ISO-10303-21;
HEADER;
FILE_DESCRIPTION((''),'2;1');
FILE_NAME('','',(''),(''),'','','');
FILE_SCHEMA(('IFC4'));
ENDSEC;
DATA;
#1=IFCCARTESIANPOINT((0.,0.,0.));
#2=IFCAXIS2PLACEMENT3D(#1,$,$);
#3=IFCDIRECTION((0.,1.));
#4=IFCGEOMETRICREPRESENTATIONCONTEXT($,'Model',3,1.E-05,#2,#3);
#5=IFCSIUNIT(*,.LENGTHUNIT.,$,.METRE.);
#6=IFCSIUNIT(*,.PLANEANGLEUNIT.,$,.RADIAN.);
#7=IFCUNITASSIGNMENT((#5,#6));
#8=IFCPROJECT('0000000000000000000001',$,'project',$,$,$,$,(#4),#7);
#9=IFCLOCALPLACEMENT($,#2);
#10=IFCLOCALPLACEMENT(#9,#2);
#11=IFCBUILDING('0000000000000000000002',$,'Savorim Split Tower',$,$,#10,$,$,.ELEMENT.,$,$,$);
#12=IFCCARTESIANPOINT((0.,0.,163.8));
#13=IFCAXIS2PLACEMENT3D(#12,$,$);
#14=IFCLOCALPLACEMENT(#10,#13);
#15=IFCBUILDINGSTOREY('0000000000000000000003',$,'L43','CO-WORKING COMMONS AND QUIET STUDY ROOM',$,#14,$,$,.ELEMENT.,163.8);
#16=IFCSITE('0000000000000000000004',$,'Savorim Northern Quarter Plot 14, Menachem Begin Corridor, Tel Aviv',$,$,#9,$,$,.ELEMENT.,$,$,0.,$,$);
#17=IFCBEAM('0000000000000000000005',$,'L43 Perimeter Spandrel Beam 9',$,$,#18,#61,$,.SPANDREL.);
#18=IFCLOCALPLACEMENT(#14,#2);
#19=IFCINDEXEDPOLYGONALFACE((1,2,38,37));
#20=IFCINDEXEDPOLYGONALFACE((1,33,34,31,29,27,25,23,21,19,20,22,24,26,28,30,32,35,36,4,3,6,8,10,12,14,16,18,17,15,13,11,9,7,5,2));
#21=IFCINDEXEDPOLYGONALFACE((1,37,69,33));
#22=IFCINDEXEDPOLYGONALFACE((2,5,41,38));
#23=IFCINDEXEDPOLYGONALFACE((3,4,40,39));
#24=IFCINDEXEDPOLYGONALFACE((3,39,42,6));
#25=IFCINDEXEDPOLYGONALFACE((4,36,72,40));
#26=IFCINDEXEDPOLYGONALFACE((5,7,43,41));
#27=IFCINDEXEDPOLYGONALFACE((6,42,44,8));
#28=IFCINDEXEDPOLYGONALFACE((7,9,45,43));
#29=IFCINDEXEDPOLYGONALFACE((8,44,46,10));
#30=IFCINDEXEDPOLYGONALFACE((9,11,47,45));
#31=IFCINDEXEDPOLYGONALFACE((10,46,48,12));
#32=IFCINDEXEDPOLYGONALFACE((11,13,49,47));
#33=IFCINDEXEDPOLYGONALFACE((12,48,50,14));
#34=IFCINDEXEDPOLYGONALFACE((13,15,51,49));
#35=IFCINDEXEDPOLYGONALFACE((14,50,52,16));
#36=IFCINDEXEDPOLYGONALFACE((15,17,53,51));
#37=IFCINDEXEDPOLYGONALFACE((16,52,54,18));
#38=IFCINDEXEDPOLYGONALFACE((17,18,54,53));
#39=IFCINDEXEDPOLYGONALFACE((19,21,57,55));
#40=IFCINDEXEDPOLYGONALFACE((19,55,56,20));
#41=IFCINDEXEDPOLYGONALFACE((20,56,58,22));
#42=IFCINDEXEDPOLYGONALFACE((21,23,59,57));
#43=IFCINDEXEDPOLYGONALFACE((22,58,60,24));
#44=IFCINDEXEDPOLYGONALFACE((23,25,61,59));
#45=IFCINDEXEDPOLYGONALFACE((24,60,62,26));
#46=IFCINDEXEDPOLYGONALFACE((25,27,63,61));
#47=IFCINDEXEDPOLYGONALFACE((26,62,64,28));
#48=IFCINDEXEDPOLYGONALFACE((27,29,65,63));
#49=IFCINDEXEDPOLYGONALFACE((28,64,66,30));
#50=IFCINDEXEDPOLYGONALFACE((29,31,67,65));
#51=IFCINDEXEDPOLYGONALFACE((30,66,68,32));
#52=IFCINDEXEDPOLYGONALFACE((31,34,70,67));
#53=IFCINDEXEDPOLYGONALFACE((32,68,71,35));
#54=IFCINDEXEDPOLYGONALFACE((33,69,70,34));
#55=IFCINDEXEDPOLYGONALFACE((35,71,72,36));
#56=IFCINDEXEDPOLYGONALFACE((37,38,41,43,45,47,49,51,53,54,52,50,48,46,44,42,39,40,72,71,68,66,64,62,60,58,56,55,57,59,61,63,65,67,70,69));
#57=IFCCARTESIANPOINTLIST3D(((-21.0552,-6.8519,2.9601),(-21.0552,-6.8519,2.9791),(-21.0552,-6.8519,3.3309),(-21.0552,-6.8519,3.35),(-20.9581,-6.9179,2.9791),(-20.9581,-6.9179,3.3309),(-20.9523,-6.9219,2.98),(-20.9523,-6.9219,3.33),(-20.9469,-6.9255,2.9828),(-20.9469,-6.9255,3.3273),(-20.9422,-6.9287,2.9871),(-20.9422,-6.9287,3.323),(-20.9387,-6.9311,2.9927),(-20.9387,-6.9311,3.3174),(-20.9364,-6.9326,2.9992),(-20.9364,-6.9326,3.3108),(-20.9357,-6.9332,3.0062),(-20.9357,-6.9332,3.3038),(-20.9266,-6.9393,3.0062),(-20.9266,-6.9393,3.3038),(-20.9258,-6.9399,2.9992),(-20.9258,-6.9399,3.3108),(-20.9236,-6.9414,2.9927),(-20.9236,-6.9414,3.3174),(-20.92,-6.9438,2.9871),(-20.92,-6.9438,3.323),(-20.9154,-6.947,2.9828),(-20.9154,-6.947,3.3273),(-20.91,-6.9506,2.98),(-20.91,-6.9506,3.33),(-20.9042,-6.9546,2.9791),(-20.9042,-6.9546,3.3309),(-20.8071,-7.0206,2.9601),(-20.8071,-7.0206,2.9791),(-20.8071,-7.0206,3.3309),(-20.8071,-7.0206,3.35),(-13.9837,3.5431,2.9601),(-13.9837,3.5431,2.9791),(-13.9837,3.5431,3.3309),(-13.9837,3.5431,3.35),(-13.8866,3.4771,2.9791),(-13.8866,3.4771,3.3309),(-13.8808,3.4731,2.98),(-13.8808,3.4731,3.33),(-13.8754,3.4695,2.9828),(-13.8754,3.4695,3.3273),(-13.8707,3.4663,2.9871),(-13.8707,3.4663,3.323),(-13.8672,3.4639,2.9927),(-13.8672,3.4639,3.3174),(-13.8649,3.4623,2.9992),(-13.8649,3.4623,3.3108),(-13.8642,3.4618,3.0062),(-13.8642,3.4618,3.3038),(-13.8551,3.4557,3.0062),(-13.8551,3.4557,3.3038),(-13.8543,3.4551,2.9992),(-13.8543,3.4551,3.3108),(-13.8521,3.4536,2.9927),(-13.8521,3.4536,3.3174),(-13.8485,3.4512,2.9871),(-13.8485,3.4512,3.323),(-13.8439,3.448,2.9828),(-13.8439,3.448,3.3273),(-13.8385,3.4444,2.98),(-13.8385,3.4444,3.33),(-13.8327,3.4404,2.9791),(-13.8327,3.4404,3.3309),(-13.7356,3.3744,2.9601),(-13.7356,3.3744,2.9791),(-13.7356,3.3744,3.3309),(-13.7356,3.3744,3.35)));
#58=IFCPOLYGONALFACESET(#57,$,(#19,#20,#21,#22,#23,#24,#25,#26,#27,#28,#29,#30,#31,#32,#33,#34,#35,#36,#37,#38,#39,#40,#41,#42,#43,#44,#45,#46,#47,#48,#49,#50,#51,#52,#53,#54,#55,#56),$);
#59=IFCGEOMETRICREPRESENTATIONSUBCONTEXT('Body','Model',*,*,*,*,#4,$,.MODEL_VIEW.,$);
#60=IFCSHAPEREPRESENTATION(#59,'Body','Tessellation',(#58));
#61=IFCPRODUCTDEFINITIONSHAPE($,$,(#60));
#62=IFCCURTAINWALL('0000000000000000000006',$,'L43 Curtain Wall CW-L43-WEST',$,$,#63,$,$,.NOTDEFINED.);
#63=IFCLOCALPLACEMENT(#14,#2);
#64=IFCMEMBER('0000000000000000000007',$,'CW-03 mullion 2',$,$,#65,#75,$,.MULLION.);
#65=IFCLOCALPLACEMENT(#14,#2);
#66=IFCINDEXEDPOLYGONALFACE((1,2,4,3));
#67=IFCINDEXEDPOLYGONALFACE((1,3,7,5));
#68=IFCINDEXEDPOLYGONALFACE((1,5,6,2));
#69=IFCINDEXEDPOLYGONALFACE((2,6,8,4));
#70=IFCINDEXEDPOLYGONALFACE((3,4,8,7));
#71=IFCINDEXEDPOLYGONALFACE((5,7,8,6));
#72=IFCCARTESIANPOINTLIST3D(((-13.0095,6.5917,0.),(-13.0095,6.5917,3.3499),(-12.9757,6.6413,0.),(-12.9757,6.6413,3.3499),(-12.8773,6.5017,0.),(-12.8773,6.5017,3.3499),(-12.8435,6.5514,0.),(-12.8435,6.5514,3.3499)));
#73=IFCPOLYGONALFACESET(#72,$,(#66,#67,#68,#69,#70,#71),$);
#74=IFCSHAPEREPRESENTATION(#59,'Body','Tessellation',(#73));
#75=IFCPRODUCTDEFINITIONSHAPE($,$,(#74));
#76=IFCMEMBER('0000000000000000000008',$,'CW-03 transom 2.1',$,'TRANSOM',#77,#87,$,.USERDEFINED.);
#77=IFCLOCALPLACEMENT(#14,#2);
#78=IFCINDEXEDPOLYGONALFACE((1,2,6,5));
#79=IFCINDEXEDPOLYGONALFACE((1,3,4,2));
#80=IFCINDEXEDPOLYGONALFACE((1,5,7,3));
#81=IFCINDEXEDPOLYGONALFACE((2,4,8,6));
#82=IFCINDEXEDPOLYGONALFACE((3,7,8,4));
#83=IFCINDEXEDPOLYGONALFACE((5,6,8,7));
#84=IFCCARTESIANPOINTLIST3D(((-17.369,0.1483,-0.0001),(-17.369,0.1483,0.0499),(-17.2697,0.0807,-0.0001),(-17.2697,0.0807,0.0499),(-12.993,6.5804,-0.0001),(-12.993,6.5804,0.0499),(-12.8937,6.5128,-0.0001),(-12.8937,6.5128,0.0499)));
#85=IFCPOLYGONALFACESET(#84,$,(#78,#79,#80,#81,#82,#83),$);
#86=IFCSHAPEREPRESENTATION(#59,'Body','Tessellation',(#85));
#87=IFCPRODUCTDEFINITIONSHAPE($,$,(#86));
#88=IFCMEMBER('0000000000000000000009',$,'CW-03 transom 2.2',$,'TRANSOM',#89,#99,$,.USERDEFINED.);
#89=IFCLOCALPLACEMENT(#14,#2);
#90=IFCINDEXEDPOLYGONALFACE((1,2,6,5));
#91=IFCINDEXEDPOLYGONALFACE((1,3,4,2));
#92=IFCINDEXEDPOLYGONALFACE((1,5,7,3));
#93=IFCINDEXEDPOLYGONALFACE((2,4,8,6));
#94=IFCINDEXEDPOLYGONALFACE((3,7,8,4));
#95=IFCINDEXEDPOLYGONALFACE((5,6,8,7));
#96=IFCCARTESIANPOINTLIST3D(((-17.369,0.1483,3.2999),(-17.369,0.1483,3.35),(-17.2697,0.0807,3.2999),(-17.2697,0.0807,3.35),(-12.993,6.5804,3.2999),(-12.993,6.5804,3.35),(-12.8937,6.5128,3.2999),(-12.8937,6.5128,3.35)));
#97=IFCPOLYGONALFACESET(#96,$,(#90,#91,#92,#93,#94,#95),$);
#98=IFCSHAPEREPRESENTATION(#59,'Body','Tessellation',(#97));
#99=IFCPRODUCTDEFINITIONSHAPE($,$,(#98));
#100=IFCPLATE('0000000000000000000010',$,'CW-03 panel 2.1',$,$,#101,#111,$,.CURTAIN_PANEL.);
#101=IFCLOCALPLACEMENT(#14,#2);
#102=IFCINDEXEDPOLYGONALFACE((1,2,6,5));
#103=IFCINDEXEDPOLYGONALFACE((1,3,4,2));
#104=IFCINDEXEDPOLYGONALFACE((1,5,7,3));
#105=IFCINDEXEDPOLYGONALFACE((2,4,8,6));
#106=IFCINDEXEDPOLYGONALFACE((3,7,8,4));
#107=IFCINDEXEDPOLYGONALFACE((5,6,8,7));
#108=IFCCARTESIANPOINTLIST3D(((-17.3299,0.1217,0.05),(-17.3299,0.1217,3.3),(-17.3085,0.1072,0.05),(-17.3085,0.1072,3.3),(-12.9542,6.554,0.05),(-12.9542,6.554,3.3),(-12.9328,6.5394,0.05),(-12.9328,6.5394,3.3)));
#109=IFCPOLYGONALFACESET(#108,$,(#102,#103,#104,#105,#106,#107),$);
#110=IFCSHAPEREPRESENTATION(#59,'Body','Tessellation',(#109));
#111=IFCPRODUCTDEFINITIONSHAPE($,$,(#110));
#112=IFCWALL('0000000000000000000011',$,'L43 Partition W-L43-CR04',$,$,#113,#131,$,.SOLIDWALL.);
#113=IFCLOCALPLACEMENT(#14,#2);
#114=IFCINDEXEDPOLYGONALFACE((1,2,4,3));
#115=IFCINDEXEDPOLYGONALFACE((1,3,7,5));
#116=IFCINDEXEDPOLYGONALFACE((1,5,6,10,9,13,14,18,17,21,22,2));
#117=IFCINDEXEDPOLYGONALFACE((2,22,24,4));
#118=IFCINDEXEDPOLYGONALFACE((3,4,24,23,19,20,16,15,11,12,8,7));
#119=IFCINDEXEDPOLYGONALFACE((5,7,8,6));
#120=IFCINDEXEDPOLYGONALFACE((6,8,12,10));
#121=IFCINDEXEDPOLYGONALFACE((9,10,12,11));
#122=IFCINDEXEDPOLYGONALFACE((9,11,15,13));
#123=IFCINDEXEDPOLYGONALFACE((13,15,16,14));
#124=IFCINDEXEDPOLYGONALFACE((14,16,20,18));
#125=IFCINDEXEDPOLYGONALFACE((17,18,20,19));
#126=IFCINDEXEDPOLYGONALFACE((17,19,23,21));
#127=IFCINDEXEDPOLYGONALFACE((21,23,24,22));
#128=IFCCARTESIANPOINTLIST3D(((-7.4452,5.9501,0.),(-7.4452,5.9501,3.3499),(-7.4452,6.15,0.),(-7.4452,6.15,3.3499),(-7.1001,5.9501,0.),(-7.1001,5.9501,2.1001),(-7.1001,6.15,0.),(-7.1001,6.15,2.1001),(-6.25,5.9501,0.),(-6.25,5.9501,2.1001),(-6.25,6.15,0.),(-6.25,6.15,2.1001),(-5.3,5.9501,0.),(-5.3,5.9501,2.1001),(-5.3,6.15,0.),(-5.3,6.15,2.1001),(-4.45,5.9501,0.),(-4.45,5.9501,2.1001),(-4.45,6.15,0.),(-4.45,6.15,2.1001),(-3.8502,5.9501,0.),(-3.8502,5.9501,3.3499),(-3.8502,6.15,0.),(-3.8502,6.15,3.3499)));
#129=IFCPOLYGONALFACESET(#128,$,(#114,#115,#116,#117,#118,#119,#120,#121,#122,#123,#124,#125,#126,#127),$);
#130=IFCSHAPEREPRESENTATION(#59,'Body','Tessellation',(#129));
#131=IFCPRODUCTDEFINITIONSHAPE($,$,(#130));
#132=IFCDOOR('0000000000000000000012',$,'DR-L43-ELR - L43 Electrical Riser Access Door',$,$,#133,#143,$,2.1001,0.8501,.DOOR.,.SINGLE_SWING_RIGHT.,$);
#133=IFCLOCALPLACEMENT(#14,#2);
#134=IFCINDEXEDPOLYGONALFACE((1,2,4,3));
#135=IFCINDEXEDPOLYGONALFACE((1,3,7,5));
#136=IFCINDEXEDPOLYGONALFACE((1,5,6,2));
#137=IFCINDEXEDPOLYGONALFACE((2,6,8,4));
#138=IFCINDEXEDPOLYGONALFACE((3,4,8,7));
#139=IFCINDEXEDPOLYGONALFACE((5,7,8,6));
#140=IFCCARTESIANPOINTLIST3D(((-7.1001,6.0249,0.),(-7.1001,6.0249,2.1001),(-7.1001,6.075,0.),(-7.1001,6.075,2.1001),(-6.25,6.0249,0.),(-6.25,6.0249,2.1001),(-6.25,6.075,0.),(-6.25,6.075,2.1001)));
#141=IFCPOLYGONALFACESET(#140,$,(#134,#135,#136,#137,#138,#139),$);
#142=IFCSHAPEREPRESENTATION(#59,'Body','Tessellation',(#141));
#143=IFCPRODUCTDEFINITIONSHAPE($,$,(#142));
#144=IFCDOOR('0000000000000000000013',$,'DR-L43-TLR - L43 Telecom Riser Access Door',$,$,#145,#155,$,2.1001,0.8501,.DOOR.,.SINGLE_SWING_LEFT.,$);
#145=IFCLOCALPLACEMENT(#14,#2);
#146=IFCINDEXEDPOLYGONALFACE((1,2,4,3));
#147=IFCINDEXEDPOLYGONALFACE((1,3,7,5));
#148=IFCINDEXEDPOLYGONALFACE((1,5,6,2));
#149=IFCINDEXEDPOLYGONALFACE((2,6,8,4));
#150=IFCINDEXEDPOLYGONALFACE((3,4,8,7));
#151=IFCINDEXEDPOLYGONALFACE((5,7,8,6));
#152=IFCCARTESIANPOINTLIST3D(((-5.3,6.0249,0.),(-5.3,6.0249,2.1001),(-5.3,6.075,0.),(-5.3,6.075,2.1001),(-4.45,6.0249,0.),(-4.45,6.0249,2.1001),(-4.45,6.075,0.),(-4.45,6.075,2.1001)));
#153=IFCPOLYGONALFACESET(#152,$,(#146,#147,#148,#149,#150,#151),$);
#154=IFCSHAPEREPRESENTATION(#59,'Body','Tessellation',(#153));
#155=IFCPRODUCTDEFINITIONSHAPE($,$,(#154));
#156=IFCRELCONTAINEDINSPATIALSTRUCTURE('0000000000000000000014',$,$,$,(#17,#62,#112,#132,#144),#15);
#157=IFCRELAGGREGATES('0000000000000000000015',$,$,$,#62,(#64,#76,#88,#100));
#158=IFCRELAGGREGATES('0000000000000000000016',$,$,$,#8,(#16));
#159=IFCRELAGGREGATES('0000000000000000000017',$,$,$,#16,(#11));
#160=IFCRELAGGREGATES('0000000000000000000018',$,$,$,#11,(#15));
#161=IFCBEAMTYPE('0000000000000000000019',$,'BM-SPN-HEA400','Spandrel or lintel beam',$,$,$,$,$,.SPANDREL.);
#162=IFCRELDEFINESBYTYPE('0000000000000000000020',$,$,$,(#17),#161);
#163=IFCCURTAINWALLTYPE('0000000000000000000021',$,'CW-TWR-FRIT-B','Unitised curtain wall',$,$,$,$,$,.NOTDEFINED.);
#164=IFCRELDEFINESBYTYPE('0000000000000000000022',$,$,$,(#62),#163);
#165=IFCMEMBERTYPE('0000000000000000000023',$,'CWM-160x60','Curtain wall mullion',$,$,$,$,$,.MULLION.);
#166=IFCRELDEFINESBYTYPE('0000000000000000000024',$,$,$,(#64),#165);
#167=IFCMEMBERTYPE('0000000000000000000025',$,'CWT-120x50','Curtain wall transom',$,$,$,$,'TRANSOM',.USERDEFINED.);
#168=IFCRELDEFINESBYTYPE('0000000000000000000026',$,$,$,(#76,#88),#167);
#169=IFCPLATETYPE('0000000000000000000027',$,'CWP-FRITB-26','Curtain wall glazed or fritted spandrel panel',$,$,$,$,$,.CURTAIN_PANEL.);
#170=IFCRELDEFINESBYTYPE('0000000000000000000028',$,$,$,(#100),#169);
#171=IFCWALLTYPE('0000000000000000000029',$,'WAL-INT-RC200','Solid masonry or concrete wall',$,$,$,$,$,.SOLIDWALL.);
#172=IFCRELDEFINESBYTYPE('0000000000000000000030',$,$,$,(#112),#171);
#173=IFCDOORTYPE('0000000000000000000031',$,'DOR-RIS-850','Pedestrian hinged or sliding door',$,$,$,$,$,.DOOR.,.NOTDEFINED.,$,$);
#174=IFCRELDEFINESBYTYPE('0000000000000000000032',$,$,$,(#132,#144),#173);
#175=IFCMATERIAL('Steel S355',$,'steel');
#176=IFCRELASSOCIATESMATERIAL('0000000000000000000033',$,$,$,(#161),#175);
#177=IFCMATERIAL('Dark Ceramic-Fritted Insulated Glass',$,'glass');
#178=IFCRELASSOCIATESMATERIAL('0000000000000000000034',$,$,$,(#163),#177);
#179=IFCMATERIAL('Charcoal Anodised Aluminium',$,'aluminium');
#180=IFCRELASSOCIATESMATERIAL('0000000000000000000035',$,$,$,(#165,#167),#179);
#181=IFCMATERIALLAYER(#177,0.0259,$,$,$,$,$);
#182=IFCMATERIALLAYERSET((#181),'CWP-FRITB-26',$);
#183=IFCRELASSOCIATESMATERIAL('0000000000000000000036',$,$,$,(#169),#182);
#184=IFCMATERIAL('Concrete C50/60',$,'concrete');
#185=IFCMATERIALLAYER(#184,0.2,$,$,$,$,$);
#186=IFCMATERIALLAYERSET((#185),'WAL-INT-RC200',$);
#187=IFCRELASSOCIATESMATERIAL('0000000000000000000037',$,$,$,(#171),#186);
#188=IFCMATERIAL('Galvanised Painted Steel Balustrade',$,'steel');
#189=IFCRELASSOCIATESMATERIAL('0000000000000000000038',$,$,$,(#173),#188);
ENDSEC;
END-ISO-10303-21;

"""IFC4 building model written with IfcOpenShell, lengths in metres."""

from ifc_helpers import new_model, si_unit, direction, frame, frame_2d, origin, origin_2d, place, context, subcontext, project, spatial, rectangle, i_section, extrude, material, layer, layer_set, material_profile, profile_set, type_object, element, fill, aggregate, save


model = new_model("IFC4")

# Units and contexts
model_context = context("Model", 3, precision=1e-05, world=origin(), true_north=direction((0.0, 1.0)))
body_context = subcontext(model_context, "Body", "Model", "MODEL_VIEW")
ifc_project = project(units=[si_unit("LENGTHUNIT", "METRE"), si_unit("PLANEANGLEUNIT", "RADIAN")], contexts=[model_context])

# Site, building, storey
site_placement = place(None, origin())
site = spatial("IfcSite", under=ifc_project, at=site_placement, Name="Savorim Northern Quarter Plot 14, Menachem Begin Corridor, Tel Aviv", CompositionType="ELEMENT", RefElevation=0.0)
building_placement = place(site_placement, origin())
building = spatial("IfcBuilding", under=site, at=building_placement, Name="Savorim Split Tower", CompositionType="ELEMENT")
storey_placement = place(building_placement, frame((0.0, 0.0, 163.8)))
storey = spatial("IfcBuildingStorey", under=building, at=storey_placement, Name="L43", Description="CO-WORKING COMMONS AND QUIET STUDY ROOM", CompositionType="ELEMENT", Elevation=163.8)

# Beam
ifc_material_1 = material(Name="Steel S355", Category="steel")
ifc_material_profile_1 = material_profile(ifc_material_1, i_section(OverallWidth=0.3, OverallDepth=0.3899, WebThickness=0.011, FlangeThickness=0.019, FilletRadius=0.0271, at=origin_2d()), Name="HEA 400")
ifc_profile_set_1 = profile_set([ifc_material_profile_1], Name="Steel S355")
beam_type_1 = type_object("IfcBeamType", Name="BM-SPN-HEA400", Description="Spandrel or lintel beam", PredefinedType="SPANDREL", material=ifc_profile_set_1)
beam_1_placement = place(storey_placement, frame((-13.8596, 3.4587, 3.155), z_axis=(-0.562469, -0.826818, 0.0), x_axis=(0.826818, -0.562469, 0.0)))
element("IfcBeam", 1, at=beam_1_placement, inside=storey, type_object=beam_type_1, Name="L43 Perimeter Spandrel Beam 9", PredefinedType="SPANDREL", context=body_context, shape_type="SweptSolid", body=[
    extrude(i_section(OverallWidth=0.3, OverallDepth=0.3899, WebThickness=0.011, FlangeThickness=0.019, FilletRadius=0.0271, at=origin_2d()), origin(), (0.0, 0.0, 1.0), 12.5723),
])

# Curtain wall, members, plate
ifc_material_2 = material(Name="Dark Ceramic-Fritted Insulated Glass", Category="glass")
curtain_wall_type = type_object("IfcCurtainWallType", Name="CW-TWR-FRIT-B", Description="Unitised curtain wall", PredefinedType="NOTDEFINED", material=ifc_material_2)
curtain_wall_placement = place(storey_placement, origin())
curtain_wall = element("IfcCurtainWall", 2, at=curtain_wall_placement, inside=storey, type_object=curtain_wall_type, Name="L43 Curtain Wall CW-L43-WEST", PredefinedType="NOTDEFINED")
ifc_material_3 = material(Name="Charcoal Anodised Aluminium", Category="aluminium")
ifc_material_profile_2 = material_profile(ifc_material_3, rectangle(XDim=0.1599, YDim=0.0601, at=origin_2d()), Name="ALU-M 160x60")
ifc_profile_set_2 = profile_set([ifc_material_profile_2], Name="Charcoal Anodised Aluminium")
member_type_1 = type_object("IfcMemberType", Name="CWM-160x60", Description="Curtain wall mullion", PredefinedType="MULLION", material=ifc_profile_set_2)
member_1_placement = place(storey_placement, frame((-12.9265, 6.5715, 0.0), z_axis=(0.0, 0.0, 1.0), x_axis=(0.826819, -0.562468, 0.0)))
member_1 = element("IfcMember", 3, at=member_1_placement, type_object=member_type_1, Name="CW-03 mullion 2", PredefinedType="MULLION", context=body_context, shape_type="SweptSolid", body=[
    extrude(rectangle(XDim=0.1599, YDim=0.0601, at=origin_2d()), origin(), (0.0, 0.0, 1.0), 3.3499),
])
ifc_material_profile_3 = material_profile(ifc_material_3, rectangle(XDim=0.1201, YDim=0.05, at=origin_2d()), Name="ALU-T 120x50")
ifc_profile_set_3 = profile_set([ifc_material_profile_3], Name="Charcoal Anodised Aluminium")
member_type_2 = type_object("IfcMemberType", Name="CWT-120x50", Description="Curtain wall transom", ElementType="TRANSOM", PredefinedType="USERDEFINED", material=ifc_profile_set_3)
member_2_placement = place(storey_placement, frame((-12.9434, 6.5466, 0.0249), z_axis=(-0.562497, -0.826799, 0.0), x_axis=(0.826799, -0.562497, 0.0)))
member_2 = element("IfcMember", 4, at=member_2_placement, type_object=member_type_2, Name="CW-03 transom 2.1", ObjectType="TRANSOM", PredefinedType="USERDEFINED", context=body_context, shape_type="SweptSolid", body=[
    extrude(rectangle(XDim=0.1201, YDim=0.05, at=origin_2d()), origin(), (0.0, 0.0, 1.0), 7.7795),
])
member_3_placement = place(storey_placement, frame((-12.9434, 6.5466, 3.325), z_axis=(-0.562497, -0.826799, 0.0), x_axis=(0.826799, -0.562497, 0.0)))
member_3 = element("IfcMember", 5, at=member_3_placement, type_object=member_type_2, Name="CW-03 transom 2.2", ObjectType="TRANSOM", PredefinedType="USERDEFINED", context=body_context, shape_type="SweptSolid", body=[
    extrude(rectangle(XDim=0.1201, YDim=0.05, at=origin_2d()), origin(), (0.0, 0.0, 1.0), 7.7795),
])
ifc_layer_1 = layer(ifc_material_2, 0.0259)
ifc_layer_set_1 = layer_set([ifc_layer_1], Name="CWP-FRITB-26")
plate_type = type_object("IfcPlateType", Name="CWP-FRITB-26", Description="Curtain wall glazed or fritted spandrel panel", PredefinedType="CURTAIN_PANEL", material=ifc_layer_set_1)
plate_placement = place(storey_placement, frame((-15.1313, 3.3306, 0.05), z_axis=(0.0, 0.0, 1.0), x_axis=(-0.562468, -0.826819, 0.0)))
plate = element("IfcPlate", 6, at=plate_placement, type_object=plate_type, Name="CW-03 panel 2.1", PredefinedType="CURTAIN_PANEL", context=body_context, shape_type="SweptSolid", body=[
    extrude(rectangle(XDim=7.7795, YDim=0.0259, at=origin_2d()), origin(), (0.0, 0.0, 1.0), 3.25),
])
aggregate(curtain_wall, [member_1, member_2, member_3, plate])

# Wall, openings, doors
ifc_material_4 = material(Name="Concrete C50/60", Category="concrete")
ifc_layer_2 = layer(ifc_material_4, 0.2)
ifc_layer_set_2 = layer_set([ifc_layer_2], Name="WAL-INT-RC200")
wall_type_1 = type_object("IfcWallType", Name="WAL-INT-RC200", Description="Solid masonry or concrete wall", PredefinedType="SOLIDWALL", material=ifc_layer_set_2)
wall_1_placement = place(storey_placement, frame((-7.4451, 6.05, 0.0), z_axis=(0.0, 0.0, 1.0), x_axis=(1.0, 0.0, 0.0)))
wall_1 = element("IfcWall", 7, at=wall_1_placement, inside=storey, type_object=wall_type_1, Name="L43 Partition W-L43-CR04", PredefinedType="SOLIDWALL", context=body_context, shape_type="SweptSolid", body=[
    extrude(rectangle(XDim=3.595, YDim=0.2, at=frame_2d((1.7974, 0.0))), origin(), (0.0, 0.0, 1.0), 3.3499),
])
opening_1_placement = place(wall_1_placement, frame((0.345, 0.0, 0.0)))
opening_1 = element("IfcOpeningElement", 8, at=opening_1_placement, cuts=wall_1, PredefinedType="OPENING", context=body_context, shape_type="SweptSolid", body=[
    extrude(rectangle(XDim=0.8501, YDim=2.1001, at=frame_2d((0.425, 1.05))), frame((0.0, 0.1099, 0.0), z_axis=(0.0, -1.0, 0.0), x_axis=(1.0, 0.0, 0.0)), (0.0, 0.0, 1.0), 0.22),
])
opening_2_placement = place(wall_1_placement, frame((2.145, 0.0, 0.0)))
opening_2 = element("IfcOpeningElement", 9, at=opening_2_placement, cuts=wall_1, PredefinedType="OPENING", context=body_context, shape_type="SweptSolid", body=[
    extrude(rectangle(XDim=0.8501, YDim=2.1001, at=frame_2d((0.425, 1.05))), frame((0.0, 0.1099, 0.0), z_axis=(0.0, -1.0, 0.0), x_axis=(1.0, 0.0, 0.0)), (0.0, 0.0, 1.0), 0.22),
])
ifc_material_5 = material(Name="Galvanised Painted Steel Balustrade", Category="steel")
door_type_1 = type_object("IfcDoorType", Name="DOR-RIS-850", Description="Pedestrian hinged or sliding door", OperationType="NOTDEFINED", PredefinedType="DOOR", material=ifc_material_5)
door_1_placement = place(opening_1_placement, origin())
door_1 = element("IfcDoor", 10, at=door_1_placement, inside=storey, type_object=door_type_1, Name="DR-L43-ELR - L43 Electrical Riser Access Door", OperationType="SINGLE_SWING_RIGHT", OverallHeight=2.1001, OverallWidth=0.8501, PredefinedType="DOOR", context=body_context, shape_type="SweptSolid", body=[
    extrude(rectangle(XDim=0.8501, YDim=2.1001, at=frame_2d((0.425, 1.05))), frame((0.0, 0.0249, 0.0), z_axis=(0.0, -1.0, 0.0), x_axis=(1.0, 0.0, 0.0)), (0.0, 0.0, 1.0), 0.05),
])
fill(opening_1, door_1)
door_2_placement = place(opening_2_placement, origin())
door_2 = element("IfcDoor", 11, at=door_2_placement, inside=storey, type_object=door_type_1, Name="DR-L43-TLR - L43 Telecom Riser Access Door", OperationType="SINGLE_SWING_LEFT", OverallHeight=2.1001, OverallWidth=0.8501, PredefinedType="DOOR", context=body_context, shape_type="SweptSolid", body=[
    extrude(rectangle(XDim=0.8501, YDim=2.1001, at=frame_2d((0.425, 1.05))), frame((0.0, 0.0249, 0.0), z_axis=(0.0, -1.0, 0.0), x_axis=(1.0, 0.0, 0.0)), (0.0, 0.0, 1.0), 0.05),
])
fill(opening_2, door_2)

save(model, "model.ifc")
